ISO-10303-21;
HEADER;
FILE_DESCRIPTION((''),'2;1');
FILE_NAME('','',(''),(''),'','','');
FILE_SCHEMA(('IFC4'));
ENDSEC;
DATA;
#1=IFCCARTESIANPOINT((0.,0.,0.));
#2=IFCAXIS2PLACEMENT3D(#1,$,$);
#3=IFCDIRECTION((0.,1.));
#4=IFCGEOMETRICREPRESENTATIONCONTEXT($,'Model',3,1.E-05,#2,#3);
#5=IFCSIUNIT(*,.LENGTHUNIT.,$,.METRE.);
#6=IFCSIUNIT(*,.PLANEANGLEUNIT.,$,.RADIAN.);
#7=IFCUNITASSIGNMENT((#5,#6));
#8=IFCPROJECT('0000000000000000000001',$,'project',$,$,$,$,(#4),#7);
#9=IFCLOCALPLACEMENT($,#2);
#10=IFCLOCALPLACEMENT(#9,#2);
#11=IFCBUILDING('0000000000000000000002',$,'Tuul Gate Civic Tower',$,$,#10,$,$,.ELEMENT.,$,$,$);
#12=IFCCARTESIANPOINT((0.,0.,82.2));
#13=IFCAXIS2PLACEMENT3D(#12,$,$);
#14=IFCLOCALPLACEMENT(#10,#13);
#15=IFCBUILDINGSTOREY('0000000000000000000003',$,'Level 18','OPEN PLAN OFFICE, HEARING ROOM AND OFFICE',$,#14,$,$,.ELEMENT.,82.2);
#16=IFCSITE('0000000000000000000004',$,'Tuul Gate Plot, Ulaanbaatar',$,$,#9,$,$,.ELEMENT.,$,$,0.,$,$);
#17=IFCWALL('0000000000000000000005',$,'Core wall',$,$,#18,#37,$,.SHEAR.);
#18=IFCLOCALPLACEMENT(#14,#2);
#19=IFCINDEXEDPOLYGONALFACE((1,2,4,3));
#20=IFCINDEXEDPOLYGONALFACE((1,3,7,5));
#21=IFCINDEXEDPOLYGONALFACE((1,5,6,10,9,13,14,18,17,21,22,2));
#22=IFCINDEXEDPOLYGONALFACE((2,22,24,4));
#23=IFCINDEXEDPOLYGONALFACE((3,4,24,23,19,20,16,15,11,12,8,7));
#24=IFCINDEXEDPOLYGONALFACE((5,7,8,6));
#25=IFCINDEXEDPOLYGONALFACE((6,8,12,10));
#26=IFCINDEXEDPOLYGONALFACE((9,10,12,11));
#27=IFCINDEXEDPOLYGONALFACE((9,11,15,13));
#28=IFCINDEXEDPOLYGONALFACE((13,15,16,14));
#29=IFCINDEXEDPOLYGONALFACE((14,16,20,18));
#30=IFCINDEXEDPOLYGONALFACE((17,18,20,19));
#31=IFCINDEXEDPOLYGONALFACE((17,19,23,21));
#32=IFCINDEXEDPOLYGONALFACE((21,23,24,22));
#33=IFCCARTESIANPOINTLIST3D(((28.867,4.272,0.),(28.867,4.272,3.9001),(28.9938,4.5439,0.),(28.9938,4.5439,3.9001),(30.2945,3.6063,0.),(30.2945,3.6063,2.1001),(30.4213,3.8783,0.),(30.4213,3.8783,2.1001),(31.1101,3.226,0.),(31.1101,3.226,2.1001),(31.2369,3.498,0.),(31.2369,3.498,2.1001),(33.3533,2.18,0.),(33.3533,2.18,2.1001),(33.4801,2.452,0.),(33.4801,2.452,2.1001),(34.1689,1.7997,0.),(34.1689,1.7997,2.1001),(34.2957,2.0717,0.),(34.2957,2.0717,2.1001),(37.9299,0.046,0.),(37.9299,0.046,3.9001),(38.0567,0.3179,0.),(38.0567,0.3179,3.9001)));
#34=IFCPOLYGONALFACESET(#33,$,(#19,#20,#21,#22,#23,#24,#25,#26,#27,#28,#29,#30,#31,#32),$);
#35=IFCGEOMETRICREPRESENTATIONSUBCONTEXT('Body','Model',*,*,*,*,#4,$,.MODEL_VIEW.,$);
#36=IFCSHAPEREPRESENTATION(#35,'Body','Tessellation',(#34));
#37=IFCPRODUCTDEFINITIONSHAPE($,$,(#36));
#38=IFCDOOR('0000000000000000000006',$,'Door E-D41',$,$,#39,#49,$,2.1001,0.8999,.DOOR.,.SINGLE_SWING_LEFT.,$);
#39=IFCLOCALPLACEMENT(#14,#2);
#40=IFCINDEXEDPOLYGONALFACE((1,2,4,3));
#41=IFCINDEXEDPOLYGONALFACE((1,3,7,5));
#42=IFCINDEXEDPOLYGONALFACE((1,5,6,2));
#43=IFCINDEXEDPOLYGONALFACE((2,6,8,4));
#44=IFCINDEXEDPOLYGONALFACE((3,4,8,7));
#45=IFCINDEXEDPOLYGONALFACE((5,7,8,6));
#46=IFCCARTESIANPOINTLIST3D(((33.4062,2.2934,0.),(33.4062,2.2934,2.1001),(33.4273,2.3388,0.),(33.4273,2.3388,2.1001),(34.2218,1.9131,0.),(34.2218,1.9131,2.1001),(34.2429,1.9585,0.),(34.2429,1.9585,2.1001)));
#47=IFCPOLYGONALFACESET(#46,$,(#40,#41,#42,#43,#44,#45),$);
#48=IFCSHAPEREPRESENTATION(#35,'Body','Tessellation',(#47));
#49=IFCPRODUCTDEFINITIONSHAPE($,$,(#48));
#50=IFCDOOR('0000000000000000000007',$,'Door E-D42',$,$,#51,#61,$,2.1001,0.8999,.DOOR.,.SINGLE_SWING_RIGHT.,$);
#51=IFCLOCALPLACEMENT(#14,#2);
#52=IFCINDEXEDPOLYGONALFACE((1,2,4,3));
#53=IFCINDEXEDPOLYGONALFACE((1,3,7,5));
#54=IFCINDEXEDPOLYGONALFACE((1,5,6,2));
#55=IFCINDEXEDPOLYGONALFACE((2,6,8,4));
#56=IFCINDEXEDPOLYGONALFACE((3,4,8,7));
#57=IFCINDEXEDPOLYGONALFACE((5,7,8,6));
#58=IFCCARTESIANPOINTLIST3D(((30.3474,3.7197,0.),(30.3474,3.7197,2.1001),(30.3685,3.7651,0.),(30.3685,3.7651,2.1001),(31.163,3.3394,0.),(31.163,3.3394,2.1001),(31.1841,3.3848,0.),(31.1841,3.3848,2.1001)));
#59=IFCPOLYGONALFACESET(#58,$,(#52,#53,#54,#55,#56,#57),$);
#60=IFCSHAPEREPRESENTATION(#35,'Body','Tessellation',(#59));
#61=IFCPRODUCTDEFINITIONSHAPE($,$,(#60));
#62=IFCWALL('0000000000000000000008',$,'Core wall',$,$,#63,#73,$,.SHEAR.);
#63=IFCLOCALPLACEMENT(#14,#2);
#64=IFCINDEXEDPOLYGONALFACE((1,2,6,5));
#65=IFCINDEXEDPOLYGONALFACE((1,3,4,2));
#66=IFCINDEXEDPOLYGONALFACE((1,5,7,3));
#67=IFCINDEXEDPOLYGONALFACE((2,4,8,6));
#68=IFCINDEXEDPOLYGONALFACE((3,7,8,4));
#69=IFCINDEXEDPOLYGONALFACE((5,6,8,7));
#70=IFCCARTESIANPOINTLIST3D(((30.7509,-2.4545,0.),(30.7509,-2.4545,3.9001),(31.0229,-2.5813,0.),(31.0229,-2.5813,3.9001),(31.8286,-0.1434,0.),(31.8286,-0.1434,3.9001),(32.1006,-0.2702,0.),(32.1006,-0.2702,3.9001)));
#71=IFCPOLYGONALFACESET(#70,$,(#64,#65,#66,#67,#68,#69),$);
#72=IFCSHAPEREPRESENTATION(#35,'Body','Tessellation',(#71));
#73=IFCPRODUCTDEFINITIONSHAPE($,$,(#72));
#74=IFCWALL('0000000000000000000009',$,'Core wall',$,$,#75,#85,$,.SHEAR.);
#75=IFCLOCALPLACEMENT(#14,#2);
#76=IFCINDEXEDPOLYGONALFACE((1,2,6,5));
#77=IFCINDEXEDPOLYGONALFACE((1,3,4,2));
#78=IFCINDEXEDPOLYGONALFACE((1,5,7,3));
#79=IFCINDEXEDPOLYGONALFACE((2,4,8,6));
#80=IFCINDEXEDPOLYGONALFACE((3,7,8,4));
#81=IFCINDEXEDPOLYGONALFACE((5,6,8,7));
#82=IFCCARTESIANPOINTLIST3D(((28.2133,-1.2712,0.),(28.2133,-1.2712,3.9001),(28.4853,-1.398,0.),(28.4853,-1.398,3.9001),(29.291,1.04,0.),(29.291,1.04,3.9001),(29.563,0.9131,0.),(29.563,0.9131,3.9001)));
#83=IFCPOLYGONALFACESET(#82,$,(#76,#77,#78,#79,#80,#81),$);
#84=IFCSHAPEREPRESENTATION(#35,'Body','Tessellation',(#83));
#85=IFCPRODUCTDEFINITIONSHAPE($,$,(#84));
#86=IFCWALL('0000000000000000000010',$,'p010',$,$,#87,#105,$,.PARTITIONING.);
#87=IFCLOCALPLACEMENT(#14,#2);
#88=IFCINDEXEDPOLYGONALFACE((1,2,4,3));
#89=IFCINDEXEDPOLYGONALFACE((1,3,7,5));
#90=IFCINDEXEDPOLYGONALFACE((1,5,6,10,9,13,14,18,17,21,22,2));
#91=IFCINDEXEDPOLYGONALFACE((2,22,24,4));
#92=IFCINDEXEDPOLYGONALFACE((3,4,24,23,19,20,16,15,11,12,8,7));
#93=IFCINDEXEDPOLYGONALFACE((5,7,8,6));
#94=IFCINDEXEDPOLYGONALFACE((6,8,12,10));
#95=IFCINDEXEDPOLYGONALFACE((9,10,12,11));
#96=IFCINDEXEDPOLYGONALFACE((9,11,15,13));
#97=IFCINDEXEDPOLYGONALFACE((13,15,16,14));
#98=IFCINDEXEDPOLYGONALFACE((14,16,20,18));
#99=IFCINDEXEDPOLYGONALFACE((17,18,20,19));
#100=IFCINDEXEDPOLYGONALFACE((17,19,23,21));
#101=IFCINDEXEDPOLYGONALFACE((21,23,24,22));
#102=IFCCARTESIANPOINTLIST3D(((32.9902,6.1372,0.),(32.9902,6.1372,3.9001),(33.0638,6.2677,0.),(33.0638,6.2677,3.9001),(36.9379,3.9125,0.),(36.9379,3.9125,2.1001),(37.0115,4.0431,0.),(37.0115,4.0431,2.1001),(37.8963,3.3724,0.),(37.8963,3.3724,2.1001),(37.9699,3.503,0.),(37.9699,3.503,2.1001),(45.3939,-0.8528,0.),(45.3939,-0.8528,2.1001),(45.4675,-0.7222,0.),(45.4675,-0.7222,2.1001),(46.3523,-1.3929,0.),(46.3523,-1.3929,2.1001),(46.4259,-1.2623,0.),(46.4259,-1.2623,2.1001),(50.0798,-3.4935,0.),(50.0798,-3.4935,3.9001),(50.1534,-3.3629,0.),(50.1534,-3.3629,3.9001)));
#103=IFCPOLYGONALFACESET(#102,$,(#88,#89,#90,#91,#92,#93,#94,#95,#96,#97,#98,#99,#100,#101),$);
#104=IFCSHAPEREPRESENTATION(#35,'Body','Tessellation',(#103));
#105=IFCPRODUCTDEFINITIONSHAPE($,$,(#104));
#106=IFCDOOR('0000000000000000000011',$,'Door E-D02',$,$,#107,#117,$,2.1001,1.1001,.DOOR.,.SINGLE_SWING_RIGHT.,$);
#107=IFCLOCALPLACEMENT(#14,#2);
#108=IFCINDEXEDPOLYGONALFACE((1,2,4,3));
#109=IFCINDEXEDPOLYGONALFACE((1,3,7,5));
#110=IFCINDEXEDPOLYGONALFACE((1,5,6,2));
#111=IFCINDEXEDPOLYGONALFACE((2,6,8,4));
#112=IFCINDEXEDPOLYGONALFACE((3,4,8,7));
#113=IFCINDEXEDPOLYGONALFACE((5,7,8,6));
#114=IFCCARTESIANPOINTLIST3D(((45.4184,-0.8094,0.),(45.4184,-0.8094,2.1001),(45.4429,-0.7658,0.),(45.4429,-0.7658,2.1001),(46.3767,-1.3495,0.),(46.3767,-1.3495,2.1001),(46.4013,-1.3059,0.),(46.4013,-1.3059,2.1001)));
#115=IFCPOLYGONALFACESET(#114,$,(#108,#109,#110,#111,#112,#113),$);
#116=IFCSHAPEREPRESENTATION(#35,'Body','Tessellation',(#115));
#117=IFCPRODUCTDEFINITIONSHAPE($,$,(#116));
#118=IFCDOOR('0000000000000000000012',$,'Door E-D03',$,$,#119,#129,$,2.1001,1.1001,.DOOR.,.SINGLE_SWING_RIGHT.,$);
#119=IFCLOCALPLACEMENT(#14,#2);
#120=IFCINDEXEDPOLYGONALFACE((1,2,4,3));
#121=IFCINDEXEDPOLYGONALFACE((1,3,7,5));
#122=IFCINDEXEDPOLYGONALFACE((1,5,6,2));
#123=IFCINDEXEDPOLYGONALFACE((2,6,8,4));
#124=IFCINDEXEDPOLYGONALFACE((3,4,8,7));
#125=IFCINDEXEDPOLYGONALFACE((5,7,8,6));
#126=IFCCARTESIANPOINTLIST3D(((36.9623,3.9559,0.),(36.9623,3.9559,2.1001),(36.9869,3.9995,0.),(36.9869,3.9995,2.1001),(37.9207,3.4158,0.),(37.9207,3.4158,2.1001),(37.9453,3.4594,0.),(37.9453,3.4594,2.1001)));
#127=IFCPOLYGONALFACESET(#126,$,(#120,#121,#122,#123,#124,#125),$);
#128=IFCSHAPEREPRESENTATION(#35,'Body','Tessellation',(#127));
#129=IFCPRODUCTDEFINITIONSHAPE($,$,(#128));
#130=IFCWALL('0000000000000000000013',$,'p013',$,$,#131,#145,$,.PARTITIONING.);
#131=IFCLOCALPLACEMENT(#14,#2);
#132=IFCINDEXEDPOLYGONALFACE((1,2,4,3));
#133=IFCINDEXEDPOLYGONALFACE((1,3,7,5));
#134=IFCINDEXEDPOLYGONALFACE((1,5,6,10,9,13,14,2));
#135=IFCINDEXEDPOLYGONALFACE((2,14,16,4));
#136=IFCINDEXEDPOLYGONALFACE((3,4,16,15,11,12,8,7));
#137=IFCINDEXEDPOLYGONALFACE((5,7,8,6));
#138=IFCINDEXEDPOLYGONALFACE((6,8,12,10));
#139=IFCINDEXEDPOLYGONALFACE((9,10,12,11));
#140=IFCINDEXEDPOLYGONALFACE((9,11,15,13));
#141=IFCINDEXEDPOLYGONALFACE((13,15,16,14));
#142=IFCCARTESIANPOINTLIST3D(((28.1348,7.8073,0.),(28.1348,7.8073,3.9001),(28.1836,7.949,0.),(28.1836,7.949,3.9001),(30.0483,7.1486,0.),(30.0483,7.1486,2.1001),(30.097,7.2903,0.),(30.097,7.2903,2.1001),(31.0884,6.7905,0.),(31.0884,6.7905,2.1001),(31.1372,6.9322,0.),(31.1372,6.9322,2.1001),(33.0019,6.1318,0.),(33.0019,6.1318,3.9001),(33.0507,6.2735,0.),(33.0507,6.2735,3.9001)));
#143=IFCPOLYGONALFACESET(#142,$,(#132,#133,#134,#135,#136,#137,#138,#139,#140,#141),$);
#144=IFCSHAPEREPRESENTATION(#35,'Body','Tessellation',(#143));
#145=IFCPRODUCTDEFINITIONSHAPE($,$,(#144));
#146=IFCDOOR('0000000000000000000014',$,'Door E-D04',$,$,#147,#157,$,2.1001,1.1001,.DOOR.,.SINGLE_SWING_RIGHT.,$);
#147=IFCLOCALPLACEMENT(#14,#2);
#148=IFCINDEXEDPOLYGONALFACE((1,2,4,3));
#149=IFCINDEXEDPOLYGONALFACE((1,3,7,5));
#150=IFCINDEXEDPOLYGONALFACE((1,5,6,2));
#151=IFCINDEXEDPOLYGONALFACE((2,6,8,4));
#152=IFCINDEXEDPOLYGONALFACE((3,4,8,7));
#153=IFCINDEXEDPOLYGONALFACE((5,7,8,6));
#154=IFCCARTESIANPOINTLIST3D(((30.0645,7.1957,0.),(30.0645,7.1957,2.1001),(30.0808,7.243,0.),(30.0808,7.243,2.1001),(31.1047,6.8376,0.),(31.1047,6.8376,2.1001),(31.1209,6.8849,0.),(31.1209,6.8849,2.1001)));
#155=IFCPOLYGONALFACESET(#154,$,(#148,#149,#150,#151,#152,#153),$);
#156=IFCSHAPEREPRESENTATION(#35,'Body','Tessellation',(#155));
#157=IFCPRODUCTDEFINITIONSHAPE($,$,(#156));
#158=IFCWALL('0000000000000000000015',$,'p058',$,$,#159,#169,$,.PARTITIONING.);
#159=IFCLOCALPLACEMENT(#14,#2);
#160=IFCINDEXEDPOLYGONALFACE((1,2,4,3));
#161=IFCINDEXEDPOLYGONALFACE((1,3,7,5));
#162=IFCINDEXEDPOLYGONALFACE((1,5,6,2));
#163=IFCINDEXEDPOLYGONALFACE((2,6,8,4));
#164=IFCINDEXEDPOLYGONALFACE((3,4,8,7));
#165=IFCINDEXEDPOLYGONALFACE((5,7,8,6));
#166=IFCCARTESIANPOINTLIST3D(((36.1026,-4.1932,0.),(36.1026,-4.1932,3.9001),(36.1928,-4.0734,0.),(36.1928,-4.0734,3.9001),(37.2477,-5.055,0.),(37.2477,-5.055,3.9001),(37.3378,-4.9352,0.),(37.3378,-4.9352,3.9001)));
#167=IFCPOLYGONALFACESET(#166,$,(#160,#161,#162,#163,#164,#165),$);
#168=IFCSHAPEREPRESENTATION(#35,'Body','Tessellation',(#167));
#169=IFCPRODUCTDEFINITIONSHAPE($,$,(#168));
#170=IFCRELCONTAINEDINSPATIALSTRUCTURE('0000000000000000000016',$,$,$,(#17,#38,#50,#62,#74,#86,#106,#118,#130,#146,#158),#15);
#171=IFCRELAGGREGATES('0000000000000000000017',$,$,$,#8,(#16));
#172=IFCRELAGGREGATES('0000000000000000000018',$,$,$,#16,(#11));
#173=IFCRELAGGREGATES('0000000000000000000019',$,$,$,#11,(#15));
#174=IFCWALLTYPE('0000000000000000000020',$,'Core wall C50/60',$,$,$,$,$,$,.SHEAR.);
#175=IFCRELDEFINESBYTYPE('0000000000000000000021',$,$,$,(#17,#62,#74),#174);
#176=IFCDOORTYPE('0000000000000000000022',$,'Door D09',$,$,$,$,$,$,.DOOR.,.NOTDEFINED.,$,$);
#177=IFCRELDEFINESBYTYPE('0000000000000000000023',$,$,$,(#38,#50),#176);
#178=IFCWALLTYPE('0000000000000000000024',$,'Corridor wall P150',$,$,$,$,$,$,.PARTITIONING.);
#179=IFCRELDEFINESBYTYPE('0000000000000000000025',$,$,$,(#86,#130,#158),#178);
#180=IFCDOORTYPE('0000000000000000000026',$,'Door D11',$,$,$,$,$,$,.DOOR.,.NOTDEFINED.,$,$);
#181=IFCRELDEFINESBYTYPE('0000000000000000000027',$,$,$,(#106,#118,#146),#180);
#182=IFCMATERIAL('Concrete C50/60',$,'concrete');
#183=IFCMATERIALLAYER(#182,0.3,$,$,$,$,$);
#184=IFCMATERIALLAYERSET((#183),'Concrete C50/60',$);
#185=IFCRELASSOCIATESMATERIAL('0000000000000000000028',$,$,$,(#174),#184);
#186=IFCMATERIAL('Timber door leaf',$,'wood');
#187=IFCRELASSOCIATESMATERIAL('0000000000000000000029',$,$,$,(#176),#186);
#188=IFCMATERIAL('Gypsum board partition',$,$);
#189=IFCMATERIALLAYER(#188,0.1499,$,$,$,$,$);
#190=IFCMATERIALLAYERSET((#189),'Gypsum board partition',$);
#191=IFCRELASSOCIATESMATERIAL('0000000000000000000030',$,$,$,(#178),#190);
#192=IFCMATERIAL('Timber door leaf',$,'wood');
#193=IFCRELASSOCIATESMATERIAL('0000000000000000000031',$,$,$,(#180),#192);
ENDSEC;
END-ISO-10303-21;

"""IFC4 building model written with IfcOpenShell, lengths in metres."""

from ifc_helpers import new_model, si_unit, direction, frame, frame_2d, origin, place, context, subcontext, project, spatial, rectangle, extrude, material, layer, layer_set, type_object, element, fill, save


model = new_model("IFC4")

# Units and contexts
model_context = context("Model", 3, precision=1e-05, world=origin(), true_north=direction((0.0, 1.0)))
body_context = subcontext(model_context, "Body", "Model", "MODEL_VIEW")
ifc_project = project(units=[si_unit("LENGTHUNIT", "METRE"), si_unit("PLANEANGLEUNIT", "RADIAN")], contexts=[model_context])

# Site, building, storey
site_placement = place(None, origin())
site = spatial("IfcSite", under=ifc_project, at=site_placement, Name="Tuul Gate Plot, Ulaanbaatar", CompositionType="ELEMENT", RefElevation=0.0)
building_placement = place(site_placement, origin())
building = spatial("IfcBuilding", under=site, at=building_placement, Name="Tuul Gate Civic Tower", CompositionType="ELEMENT")
storey_placement = place(building_placement, frame((0.0, 0.0, 82.2)))
storey = spatial("IfcBuildingStorey", under=building, at=storey_placement, Name="Level 18", Description="OPEN PLAN OFFICE, HEARING ROOM AND OFFICE", CompositionType="ELEMENT", Elevation=82.2)

# Shared definitions
ifc_material_1 = material(Name="Concrete C50/60", Category="concrete")
ifc_layer_1 = layer(ifc_material_1, 0.3)
ifc_layer_set_1 = layer_set([ifc_layer_1], Name="Concrete C50/60")
wall_type_1 = type_object("IfcWallType", Name="Core wall C50/60", PredefinedType="SHEAR", material=ifc_layer_set_1)

# Wall, openings, doors
wall_1_placement = place(storey_placement, frame((37.9934, 0.1819, 0.0), z_axis=(0.0, 0.0, 1.0), x_axis=(-0.90631, 0.422613, 0.0)))
wall_1 = element("IfcWall", 1, at=wall_1_placement, inside=storey, type_object=wall_type_1, Name="Core wall", PredefinedType="SHEAR", context=body_context, shape_type="SweptSolid", body=[
    extrude(rectangle(XDim=9.9998, YDim=0.3, at=frame_2d((5.0, 0.0))), origin(), (0.0, 0.0, 1.0), 3.9001),
])
opening_1_placement = place(wall_1_placement, frame((4.1499, 0.0, 0.0)))
opening_1 = element("IfcOpeningElement", 2, at=opening_1_placement, cuts=wall_1, PredefinedType="OPENING", context=body_context, shape_type="SweptSolid", body=[
    extrude(rectangle(XDim=0.8999, YDim=2.1001, at=frame_2d((0.45, 1.05))), frame((0.0, 0.1602, 0.0), z_axis=(0.0, -1.0, 0.0), x_axis=(1.0, 0.0, 0.0)), (0.0, 0.0, 1.0), 0.3201),
])
opening_2_placement = place(wall_1_placement, frame((7.5249, 0.0, 0.0)))
opening_2 = element("IfcOpeningElement", 3, at=opening_2_placement, cuts=wall_1, PredefinedType="OPENING", context=body_context, shape_type="SweptSolid", body=[
    extrude(rectangle(XDim=0.8999, YDim=2.1001, at=frame_2d((0.45, 1.05))), frame((0.0, 0.1602, 0.0), z_axis=(0.0, -1.0, 0.0), x_axis=(1.0, 0.0, 0.0)), (0.0, 0.0, 1.0), 0.3201),
])
ifc_material_2 = material(Name="Timber door leaf", Category="wood")
door_type_1 = type_object("IfcDoorType", Name="Door D09", OperationType="NOTDEFINED", PredefinedType="DOOR", material=ifc_material_2)
door_1_placement = place(opening_1_placement, origin())
door_1 = element("IfcDoor", 4, at=door_1_placement, inside=storey, type_object=door_type_1, Name="Door E-D41", OperationType="SINGLE_SWING_LEFT", OverallHeight=2.1001, OverallWidth=0.8999, PredefinedType="DOOR", context=body_context, shape_type="SweptSolid", body=[
    extrude(rectangle(XDim=0.8999, YDim=2.1001, at=frame_2d((0.45, 1.05))), frame((0.0, 0.0249, 0.0), z_axis=(0.0, -1.0, 0.0), x_axis=(1.0, 0.0, 0.0)), (0.0, 0.0, 1.0), 0.05),
])
fill(opening_1, door_1)
door_2_placement = place(opening_2_placement, origin())
door_2 = element("IfcDoor", 5, at=door_2_placement, inside=storey, type_object=door_type_1, Name="Door E-D42", OperationType="SINGLE_SWING_RIGHT", OverallHeight=2.1001, OverallWidth=0.8999, PredefinedType="DOOR", context=body_context, shape_type="SweptSolid", body=[
    extrude(rectangle(XDim=0.8999, YDim=2.1001, at=frame_2d((0.45, 1.05))), frame((0.0, 0.0249, 0.0), z_axis=(0.0, -1.0, 0.0), x_axis=(1.0, 0.0, 0.0)), (0.0, 0.0, 1.0), 0.05),
])
fill(opening_2, door_2)

# Walls
for number, where, z_axis, x_axis, name in (
    (6, (30.887, -2.5178, 0.0), (0.0, 0.0, 1.0), (0.422613, 0.90631, 0.0), "Core wall"),
    (7, (28.3494, -1.3345, 0.0), (0.0, 0.0, 1.0), (0.422613, 0.90631, 0.0), "Core wall"),
):
    element("IfcWall", number, at=place(storey_placement, frame(where, z_axis=z_axis, x_axis=x_axis)), inside=storey, type_object=wall_type_1, Name=name, PredefinedType="SHEAR", context=body_context, shape_type="SweptSolid", body=[
        extrude(rectangle(XDim=2.55, YDim=0.3, at=frame_2d((1.2749, 0.0))), origin(), (0.0, 0.0, 1.0), 3.9001),
    ])

# Wall, openings, doors
ifc_material_3 = material(Name="Gypsum board partition")
ifc_layer_2 = layer(ifc_material_3, 0.1499)
ifc_layer_set_2 = layer_set([ifc_layer_2], Name="Gypsum board partition")
wall_type_2 = type_object("IfcWallType", Name="Corridor wall P150", PredefinedType="PARTITIONING", material=ifc_layer_set_2)
wall_2_placement = place(storey_placement, frame((33.0271, 6.2024, 0.0), z_axis=(0.0, 0.0, 1.0), x_axis=(0.871189, -0.490947, 0.0)))
wall_2 = element("IfcWall", 8, at=wall_2_placement, inside=storey, type_object=wall_type_2, Name="p010", PredefinedType="PARTITIONING", context=body_context, shape_type="SweptSolid", body=[
    extrude(rectangle(XDim=19.6165, YDim=0.1499, at=frame_2d((9.8081, 0.0))), origin(), (0.0, 0.0, 1.0), 3.9001),
])
opening_3_placement = place(wall_2_placement, frame((14.2375, 0.0, 0.0)))
opening_3 = element("IfcOpeningElement", 9, at=opening_3_placement, cuts=wall_2, PredefinedType="OPENING", context=body_context, shape_type="SweptSolid", body=[
    extrude(rectangle(XDim=1.1001, YDim=2.1001, at=frame_2d((0.55, 1.05))), frame((0.0, 0.085, 0.0), z_axis=(0.0, -1.0, 0.0), x_axis=(1.0, 0.0, 0.0)), (0.0, 0.0, 1.0), 0.1699),
])
opening_4_placement = place(wall_2_placement, frame((4.5312, 0.0, 0.0)))
opening_4 = element("IfcOpeningElement", 10, at=opening_4_placement, cuts=wall_2, PredefinedType="OPENING", context=body_context, shape_type="SweptSolid", body=[
    extrude(rectangle(XDim=1.1001, YDim=2.1001, at=frame_2d((0.55, 1.05))), frame((0.0, 0.085, 0.0), z_axis=(0.0, -1.0, 0.0), x_axis=(1.0, 0.0, 0.0)), (0.0, 0.0, 1.0), 0.1699),
])
ifc_material_4 = material(Name="Timber door leaf", Category="wood")
door_type_2 = type_object("IfcDoorType", Name="Door D11", OperationType="NOTDEFINED", PredefinedType="DOOR", material=ifc_material_4)
door_3_placement = place(opening_3_placement, origin())
door_3 = element("IfcDoor", 11, at=door_3_placement, inside=storey, type_object=door_type_2, Name="Door E-D02", OperationType="SINGLE_SWING_RIGHT", OverallHeight=2.1001, OverallWidth=1.1001, PredefinedType="DOOR", context=body_context, shape_type="SweptSolid", body=[
    extrude(rectangle(XDim=1.1001, YDim=2.1001, at=frame_2d((0.55, 1.05))), frame((0.0, 0.0249, 0.0), z_axis=(0.0, -1.0, 0.0), x_axis=(1.0, 0.0, 0.0)), (0.0, 0.0, 1.0), 0.05),
])
fill(opening_3, door_3)
door_4_placement = place(opening_4_placement, origin())
door_4 = element("IfcDoor", 12, at=door_4_placement, inside=storey, type_object=door_type_2, Name="Door E-D03", OperationType="SINGLE_SWING_RIGHT", OverallHeight=2.1001, OverallWidth=1.1001, PredefinedType="DOOR", context=body_context, shape_type="SweptSolid", body=[
    extrude(rectangle(XDim=1.1001, YDim=2.1001, at=frame_2d((0.55, 1.05))), frame((0.0, 0.0249, 0.0), z_axis=(0.0, -1.0, 0.0), x_axis=(1.0, 0.0, 0.0)), (0.0, 0.0, 1.0), 0.05),
])
fill(opening_4, door_4)

# Wall, opening, door
wall_3_placement = place(storey_placement, frame((28.1592, 7.8782, 0.0), z_axis=(0.0, 0.0, 1.0), x_axis=(0.945541, -0.325504, 0.0)))
wall_3 = element("IfcWall", 13, at=wall_3_placement, inside=storey, type_object=wall_type_2, Name="p013", PredefinedType="PARTITIONING", context=body_context, shape_type="SweptSolid", body=[
    extrude(rectangle(XDim=5.1475, YDim=0.1499, at=frame_2d((2.5737, 0.0))), origin(), (0.0, 0.0, 1.0), 3.9001),
])
opening_5_placement = place(wall_3_placement, frame((2.0237, 0.0, 0.0)))
opening_5 = element("IfcOpeningElement", 14, at=opening_5_placement, cuts=wall_3, PredefinedType="OPENING", context=body_context, shape_type="SweptSolid", body=[
    extrude(rectangle(XDim=1.1001, YDim=2.1001, at=frame_2d((0.55, 1.05))), frame((0.0, 0.085, 0.0), z_axis=(0.0, -1.0, 0.0), x_axis=(1.0, 0.0, 0.0)), (0.0, 0.0, 1.0), 0.1699),
])
door_5_placement = place(opening_5_placement, origin())
door_5 = element("IfcDoor", 15, at=door_5_placement, inside=storey, type_object=door_type_2, Name="Door E-D04", OperationType="SINGLE_SWING_RIGHT", OverallHeight=2.1001, OverallWidth=1.1001, PredefinedType="DOOR", context=body_context, shape_type="SweptSolid", body=[
    extrude(rectangle(XDim=1.1001, YDim=2.1001, at=frame_2d((0.55, 1.05))), frame((0.0, 0.0249, 0.0), z_axis=(0.0, -1.0, 0.0), x_axis=(1.0, 0.0, 0.0)), (0.0, 0.0, 1.0), 0.05),
])
fill(opening_5, door_5)

# Wall
wall_4_placement = place(storey_placement, frame((36.1477, -4.1333, 0.0), z_axis=(0.0, 0.0, 1.0), x_axis=(0.798977, -0.601362, 0.0)))
element("IfcWall", 16, at=wall_4_placement, inside=storey, type_object=wall_type_2, Name="p058", PredefinedType="PARTITIONING", context=body_context, shape_type="SweptSolid", body=[
    extrude(rectangle(XDim=1.4331, YDim=0.1499, at=frame_2d((0.7166, 0.0))), origin(), (0.0, 0.0, 1.0), 3.9001),
])

save(model, "model.ifc")
